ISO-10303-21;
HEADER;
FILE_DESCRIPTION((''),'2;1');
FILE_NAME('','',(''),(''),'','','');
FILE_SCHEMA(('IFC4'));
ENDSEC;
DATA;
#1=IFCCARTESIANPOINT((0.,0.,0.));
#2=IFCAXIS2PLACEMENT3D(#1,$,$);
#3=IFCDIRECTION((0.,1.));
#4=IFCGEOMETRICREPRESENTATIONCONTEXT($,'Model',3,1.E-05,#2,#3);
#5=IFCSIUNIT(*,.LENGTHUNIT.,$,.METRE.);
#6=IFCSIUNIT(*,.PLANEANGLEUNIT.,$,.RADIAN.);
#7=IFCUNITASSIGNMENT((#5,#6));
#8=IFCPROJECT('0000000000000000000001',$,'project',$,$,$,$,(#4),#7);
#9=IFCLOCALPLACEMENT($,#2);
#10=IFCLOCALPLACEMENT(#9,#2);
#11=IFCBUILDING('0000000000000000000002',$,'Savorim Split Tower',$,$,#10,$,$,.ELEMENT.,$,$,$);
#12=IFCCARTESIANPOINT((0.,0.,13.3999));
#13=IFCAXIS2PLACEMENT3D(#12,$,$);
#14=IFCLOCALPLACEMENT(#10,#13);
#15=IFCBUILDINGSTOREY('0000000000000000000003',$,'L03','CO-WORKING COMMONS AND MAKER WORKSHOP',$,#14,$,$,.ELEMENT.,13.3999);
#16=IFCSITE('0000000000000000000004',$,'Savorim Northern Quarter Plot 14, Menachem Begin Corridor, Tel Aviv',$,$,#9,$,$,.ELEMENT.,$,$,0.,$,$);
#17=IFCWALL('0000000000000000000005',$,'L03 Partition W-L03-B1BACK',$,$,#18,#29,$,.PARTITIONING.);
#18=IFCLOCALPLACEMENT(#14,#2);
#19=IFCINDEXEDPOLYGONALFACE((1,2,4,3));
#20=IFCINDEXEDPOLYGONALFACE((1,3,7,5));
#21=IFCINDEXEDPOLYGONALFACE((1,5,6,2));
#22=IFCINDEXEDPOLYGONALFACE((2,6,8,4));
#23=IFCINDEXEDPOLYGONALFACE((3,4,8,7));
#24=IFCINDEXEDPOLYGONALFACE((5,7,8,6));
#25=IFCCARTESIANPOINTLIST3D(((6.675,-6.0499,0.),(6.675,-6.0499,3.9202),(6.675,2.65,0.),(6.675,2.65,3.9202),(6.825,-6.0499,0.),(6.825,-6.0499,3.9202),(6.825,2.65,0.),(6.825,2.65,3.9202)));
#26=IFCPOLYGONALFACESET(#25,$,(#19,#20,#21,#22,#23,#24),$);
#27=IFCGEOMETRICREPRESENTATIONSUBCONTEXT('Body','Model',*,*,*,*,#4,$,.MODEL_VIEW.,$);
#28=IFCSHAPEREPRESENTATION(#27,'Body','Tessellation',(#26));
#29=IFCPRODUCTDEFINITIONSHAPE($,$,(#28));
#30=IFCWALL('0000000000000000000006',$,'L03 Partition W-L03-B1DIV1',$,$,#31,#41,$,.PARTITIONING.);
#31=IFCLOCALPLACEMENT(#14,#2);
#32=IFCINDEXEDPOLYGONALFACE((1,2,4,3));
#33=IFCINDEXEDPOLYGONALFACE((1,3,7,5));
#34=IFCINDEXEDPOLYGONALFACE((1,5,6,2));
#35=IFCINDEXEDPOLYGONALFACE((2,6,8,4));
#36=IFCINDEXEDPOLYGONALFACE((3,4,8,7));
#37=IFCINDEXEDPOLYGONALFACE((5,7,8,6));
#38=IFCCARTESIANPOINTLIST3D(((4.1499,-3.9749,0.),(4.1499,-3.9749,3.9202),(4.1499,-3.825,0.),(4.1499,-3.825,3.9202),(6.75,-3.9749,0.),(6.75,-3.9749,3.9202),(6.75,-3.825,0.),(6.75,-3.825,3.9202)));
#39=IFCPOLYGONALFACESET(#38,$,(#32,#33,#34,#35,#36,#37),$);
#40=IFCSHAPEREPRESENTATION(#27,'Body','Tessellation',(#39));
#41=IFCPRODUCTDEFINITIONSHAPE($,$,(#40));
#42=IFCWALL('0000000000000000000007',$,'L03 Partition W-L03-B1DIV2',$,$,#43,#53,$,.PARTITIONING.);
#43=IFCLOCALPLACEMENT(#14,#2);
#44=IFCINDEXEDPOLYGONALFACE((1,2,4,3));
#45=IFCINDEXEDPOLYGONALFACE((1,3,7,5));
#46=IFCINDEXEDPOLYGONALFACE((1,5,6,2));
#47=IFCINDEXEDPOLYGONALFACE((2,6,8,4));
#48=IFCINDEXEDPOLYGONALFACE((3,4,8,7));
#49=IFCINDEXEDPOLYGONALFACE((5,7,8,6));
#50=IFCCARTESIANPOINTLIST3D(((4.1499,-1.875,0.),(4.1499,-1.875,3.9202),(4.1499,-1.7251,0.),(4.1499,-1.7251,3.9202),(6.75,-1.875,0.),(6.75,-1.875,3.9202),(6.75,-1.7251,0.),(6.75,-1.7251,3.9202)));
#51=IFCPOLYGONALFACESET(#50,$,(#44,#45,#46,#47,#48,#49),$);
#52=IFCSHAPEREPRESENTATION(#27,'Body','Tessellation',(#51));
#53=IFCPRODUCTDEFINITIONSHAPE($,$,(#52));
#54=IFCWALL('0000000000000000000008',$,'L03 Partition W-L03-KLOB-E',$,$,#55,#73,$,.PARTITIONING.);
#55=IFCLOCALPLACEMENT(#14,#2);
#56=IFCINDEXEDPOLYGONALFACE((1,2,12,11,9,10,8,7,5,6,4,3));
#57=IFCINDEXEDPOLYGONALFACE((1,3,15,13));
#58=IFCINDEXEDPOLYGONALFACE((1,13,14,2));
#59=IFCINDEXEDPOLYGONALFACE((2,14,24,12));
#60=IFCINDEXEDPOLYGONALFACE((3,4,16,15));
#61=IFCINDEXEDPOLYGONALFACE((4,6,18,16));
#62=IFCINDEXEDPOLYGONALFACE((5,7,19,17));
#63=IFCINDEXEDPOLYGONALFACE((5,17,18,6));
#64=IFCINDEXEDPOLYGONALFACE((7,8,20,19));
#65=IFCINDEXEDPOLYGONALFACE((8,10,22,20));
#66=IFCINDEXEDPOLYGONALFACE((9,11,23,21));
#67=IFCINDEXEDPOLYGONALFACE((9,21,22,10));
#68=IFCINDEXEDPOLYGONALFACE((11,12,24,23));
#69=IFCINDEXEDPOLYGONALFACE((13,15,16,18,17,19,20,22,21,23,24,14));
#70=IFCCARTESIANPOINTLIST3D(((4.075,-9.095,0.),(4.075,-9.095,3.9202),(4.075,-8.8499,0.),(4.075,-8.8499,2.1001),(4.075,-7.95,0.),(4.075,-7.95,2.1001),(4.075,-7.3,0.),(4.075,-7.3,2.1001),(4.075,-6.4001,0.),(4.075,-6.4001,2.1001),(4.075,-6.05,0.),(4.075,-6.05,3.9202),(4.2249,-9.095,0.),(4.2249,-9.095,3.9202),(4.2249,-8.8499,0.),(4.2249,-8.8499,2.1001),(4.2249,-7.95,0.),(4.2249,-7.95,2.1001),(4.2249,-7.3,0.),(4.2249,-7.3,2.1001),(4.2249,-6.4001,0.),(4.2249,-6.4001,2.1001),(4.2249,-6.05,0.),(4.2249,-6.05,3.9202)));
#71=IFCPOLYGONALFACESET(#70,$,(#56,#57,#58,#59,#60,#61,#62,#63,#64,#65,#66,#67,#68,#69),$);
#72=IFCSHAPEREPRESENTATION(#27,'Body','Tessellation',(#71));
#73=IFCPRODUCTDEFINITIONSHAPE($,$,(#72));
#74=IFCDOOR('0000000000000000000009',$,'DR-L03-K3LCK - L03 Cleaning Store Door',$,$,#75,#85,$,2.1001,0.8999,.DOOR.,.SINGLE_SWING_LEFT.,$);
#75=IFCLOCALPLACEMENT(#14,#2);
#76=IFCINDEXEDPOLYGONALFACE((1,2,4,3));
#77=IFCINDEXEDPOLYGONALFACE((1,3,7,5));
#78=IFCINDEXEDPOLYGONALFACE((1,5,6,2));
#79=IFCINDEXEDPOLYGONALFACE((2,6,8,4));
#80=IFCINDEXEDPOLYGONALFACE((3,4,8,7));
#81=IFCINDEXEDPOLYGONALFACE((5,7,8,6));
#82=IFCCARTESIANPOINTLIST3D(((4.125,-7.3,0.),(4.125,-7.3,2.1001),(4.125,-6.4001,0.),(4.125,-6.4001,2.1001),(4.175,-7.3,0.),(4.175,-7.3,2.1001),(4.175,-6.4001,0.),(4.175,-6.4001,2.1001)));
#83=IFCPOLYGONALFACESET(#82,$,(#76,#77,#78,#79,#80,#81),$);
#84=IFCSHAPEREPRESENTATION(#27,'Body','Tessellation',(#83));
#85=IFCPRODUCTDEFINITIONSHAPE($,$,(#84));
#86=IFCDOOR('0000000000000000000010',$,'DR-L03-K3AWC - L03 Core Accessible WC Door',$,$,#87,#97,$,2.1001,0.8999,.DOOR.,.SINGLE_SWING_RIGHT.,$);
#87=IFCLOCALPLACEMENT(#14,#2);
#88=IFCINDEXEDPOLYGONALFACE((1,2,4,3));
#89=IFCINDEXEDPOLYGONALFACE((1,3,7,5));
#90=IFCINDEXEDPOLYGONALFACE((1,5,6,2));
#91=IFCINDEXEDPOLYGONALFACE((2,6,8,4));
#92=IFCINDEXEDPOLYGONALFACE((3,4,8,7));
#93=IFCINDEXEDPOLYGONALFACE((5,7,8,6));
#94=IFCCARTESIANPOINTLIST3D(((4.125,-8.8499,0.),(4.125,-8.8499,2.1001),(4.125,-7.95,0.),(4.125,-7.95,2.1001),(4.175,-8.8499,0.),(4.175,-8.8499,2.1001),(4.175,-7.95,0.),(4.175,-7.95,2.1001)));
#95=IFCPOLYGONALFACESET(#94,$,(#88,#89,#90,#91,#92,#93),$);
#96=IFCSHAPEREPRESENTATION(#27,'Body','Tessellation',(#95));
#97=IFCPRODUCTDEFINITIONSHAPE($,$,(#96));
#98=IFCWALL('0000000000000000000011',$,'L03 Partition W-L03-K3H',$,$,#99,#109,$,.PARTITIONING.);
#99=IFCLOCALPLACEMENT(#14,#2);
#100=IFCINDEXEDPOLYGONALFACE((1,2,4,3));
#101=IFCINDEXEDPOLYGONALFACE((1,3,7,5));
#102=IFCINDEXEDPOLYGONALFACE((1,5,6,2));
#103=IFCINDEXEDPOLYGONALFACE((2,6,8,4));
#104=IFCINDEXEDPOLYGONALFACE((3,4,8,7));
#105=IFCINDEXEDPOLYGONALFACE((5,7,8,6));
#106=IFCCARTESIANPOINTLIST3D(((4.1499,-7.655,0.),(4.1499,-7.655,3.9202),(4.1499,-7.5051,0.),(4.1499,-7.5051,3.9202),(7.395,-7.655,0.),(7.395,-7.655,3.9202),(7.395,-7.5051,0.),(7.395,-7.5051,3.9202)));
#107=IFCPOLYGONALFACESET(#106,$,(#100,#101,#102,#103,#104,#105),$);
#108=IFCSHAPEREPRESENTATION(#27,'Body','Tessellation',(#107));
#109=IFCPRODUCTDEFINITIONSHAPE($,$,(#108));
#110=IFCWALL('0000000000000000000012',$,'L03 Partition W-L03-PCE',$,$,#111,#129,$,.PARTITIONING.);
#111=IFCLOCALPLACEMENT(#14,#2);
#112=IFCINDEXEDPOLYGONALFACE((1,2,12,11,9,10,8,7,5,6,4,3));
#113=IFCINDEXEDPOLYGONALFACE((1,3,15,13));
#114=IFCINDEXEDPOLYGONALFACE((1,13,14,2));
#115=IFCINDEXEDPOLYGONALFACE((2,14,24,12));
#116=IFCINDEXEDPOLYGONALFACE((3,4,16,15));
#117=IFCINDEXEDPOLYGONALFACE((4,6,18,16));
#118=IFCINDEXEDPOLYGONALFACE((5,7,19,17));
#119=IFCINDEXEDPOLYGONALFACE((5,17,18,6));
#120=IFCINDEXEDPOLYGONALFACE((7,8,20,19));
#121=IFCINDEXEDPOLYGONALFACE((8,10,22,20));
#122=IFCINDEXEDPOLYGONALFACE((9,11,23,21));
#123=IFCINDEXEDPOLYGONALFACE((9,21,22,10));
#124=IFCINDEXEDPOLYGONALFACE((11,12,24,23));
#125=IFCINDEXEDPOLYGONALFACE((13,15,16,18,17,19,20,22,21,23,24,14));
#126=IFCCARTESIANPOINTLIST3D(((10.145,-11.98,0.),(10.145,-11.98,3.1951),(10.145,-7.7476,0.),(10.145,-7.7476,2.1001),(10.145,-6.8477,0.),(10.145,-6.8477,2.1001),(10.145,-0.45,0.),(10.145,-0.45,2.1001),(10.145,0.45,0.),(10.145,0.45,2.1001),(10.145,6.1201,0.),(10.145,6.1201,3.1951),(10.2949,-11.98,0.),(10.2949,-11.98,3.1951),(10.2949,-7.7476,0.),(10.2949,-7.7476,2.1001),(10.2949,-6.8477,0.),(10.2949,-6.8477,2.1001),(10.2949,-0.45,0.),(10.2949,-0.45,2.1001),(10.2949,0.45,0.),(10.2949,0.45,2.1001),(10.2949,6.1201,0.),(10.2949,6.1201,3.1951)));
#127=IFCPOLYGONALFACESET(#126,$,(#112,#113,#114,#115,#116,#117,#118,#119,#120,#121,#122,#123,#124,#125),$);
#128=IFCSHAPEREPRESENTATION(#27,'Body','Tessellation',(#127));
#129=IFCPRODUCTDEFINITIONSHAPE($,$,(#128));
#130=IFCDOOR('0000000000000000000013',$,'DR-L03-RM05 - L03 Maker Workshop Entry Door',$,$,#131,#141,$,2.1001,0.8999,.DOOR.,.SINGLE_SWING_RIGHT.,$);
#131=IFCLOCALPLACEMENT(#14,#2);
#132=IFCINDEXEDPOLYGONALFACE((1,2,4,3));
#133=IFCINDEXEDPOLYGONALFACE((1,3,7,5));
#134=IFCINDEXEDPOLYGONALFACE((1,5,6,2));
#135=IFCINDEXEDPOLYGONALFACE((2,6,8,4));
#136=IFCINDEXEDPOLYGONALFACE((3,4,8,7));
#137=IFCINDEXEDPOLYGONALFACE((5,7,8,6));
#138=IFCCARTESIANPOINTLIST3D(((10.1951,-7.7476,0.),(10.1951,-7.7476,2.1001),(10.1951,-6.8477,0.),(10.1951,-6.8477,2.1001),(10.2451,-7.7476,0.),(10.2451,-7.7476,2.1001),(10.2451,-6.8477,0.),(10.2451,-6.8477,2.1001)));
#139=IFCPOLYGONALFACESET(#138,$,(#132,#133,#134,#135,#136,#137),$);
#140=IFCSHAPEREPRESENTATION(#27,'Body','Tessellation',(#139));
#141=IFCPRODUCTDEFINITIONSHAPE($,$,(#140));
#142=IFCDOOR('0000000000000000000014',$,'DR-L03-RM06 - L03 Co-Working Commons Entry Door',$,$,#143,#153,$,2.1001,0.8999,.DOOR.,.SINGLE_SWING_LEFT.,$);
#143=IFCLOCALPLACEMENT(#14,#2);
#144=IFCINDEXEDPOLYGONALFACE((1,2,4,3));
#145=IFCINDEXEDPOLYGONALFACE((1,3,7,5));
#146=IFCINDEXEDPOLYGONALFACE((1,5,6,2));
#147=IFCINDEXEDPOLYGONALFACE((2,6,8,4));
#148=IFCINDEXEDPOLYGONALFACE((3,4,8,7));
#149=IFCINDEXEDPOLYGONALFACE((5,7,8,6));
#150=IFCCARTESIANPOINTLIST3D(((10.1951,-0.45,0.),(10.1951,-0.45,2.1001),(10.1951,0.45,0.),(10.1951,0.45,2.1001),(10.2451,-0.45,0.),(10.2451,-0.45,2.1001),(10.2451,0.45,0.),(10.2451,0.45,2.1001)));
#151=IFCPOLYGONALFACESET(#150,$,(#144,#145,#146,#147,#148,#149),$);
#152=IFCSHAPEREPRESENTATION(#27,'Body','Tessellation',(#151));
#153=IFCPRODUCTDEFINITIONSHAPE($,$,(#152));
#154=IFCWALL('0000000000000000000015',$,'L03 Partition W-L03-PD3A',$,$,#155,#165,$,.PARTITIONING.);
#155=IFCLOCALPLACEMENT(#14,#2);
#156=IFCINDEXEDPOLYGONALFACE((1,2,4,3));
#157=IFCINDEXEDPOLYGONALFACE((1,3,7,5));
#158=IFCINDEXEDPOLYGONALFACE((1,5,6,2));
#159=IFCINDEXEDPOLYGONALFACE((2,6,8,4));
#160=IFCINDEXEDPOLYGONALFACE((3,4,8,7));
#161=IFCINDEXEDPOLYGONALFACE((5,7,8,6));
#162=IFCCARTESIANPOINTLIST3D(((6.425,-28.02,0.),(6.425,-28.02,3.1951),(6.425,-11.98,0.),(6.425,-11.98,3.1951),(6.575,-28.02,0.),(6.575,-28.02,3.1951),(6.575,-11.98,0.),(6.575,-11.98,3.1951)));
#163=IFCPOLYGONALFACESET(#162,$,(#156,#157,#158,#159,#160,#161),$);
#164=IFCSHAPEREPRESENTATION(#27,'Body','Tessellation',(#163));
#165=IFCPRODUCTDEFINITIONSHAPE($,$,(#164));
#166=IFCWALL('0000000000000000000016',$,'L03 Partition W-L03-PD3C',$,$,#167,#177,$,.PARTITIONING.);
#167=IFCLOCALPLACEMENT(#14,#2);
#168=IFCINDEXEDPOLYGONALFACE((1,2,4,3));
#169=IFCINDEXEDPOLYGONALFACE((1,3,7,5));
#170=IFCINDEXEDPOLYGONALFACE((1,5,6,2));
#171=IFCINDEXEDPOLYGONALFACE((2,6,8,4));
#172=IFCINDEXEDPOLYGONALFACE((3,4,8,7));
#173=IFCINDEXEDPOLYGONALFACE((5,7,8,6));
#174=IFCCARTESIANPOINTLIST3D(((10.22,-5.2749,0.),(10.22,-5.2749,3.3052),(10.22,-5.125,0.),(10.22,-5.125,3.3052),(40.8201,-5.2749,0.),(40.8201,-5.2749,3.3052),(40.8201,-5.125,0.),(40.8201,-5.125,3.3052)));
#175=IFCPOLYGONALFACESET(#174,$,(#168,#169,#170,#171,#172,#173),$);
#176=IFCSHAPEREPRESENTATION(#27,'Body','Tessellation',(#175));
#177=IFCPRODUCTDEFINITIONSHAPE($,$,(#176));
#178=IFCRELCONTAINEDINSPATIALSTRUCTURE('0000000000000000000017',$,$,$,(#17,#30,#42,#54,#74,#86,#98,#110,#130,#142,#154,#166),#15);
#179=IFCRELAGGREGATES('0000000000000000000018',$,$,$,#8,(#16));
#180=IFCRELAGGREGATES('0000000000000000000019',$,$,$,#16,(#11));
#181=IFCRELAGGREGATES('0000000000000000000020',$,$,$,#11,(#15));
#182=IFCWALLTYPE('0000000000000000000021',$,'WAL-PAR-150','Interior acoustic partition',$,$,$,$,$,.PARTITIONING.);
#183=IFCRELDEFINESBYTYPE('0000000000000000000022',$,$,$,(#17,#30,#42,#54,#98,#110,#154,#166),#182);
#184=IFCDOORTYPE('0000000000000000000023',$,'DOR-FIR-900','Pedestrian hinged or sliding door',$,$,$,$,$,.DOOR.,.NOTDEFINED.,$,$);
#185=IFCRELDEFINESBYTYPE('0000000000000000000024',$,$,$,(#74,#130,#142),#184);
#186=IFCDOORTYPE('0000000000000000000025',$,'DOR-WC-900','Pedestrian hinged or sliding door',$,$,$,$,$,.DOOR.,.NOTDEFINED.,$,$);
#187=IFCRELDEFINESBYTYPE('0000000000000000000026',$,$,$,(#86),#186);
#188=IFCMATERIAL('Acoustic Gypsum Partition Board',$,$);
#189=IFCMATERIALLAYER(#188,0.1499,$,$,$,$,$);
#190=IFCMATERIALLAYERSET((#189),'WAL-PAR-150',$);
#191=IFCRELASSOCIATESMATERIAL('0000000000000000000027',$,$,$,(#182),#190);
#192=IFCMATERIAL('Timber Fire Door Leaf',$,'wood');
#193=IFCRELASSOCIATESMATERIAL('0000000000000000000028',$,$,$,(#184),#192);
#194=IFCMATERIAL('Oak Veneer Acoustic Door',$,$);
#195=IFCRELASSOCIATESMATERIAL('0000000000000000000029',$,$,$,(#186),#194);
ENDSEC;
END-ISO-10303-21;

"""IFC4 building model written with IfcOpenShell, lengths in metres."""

from ifc_helpers import new_model, si_unit, direction, frame, frame_2d, origin, place, context, subcontext, project, spatial, rectangle, extrude, material, layer, layer_set, type_object, element, fill, save


model = new_model("IFC4")

# Units and contexts
model_context = context("Model", 3, precision=1e-05, world=origin(), true_north=direction((0.0, 1.0)))
body_context = subcontext(model_context, "Body", "Model", "MODEL_VIEW")
ifc_project = project(units=[si_unit("LENGTHUNIT", "METRE"), si_unit("PLANEANGLEUNIT", "RADIAN")], contexts=[model_context])

# Site, building, storey
site_placement = place(None, origin())
site = spatial("IfcSite", under=ifc_project, at=site_placement, Name="Savorim Northern Quarter Plot 14, Menachem Begin Corridor, Tel Aviv", CompositionType="ELEMENT", RefElevation=0.0)
building_placement = place(site_placement, origin())
building = spatial("IfcBuilding", under=site, at=building_placement, Name="Savorim Split Tower", CompositionType="ELEMENT")
storey_placement = place(building_placement, frame((0.0, 0.0, 13.3999)))
storey = spatial("IfcBuildingStorey", under=building, at=storey_placement, Name="L03", Description="CO-WORKING COMMONS AND MAKER WORKSHOP", CompositionType="ELEMENT", Elevation=13.3999)

# Walls
ifc_material_1 = material(Name="Acoustic Gypsum Partition Board")
ifc_layer_1 = layer(ifc_material_1, 0.1499)
ifc_layer_set_1 = layer_set([ifc_layer_1], Name="WAL-PAR-150")
wall_type_1 = type_object("IfcWallType", Name="WAL-PAR-150", Description="Interior acoustic partition", PredefinedType="PARTITIONING", material=ifc_layer_set_1)
wall_1_placement = place(storey_placement, frame((6.75, -6.05, 0.0), z_axis=(0.0, 0.0, 1.0), x_axis=(0.0, 1.0, 0.0)))
element("IfcWall", 1, at=wall_1_placement, inside=storey, type_object=wall_type_1, Name="L03 Partition W-L03-B1BACK", PredefinedType="PARTITIONING", context=body_context, shape_type="SweptSolid", body=[
    extrude(rectangle(XDim=8.7, YDim=0.1499, at=frame_2d((4.3501, 0.0))), origin(), (0.0, 0.0, 1.0), 3.9202),
])
for number, where, z_axis, x_axis, name in (
    (2, (4.1499, -3.8999, 0.0), (0.0, 0.0, 1.0), (1.0, 0.0, 0.0), "L03 Partition W-L03-B1DIV1"),
    (3, (4.1499, -1.8, 0.0), (0.0, 0.0, 1.0), (1.0, 0.0, 0.0), "L03 Partition W-L03-B1DIV2"),
):
    element("IfcWall", number, at=place(storey_placement, frame(where, z_axis=z_axis, x_axis=x_axis)), inside=storey, type_object=wall_type_1, Name=name, PredefinedType="PARTITIONING", context=body_context, shape_type="SweptSolid", body=[
        extrude(rectangle(XDim=2.6001, YDim=0.1499, at=frame_2d((1.3, 0.0))), origin(), (0.0, 0.0, 1.0), 3.9202),
    ])

# Wall, openings, doors
wall_2_placement = place(storey_placement, frame((4.1499, -9.095, 0.0), z_axis=(0.0, 0.0, 1.0), x_axis=(0.0, 1.0, 0.0)))
wall_2 = element("IfcWall", 4, at=wall_2_placement, inside=storey, type_object=wall_type_1, Name="L03 Partition W-L03-KLOB-E", PredefinedType="PARTITIONING", context=body_context, shape_type="SweptSolid", body=[
    extrude(rectangle(XDim=3.0449, YDim=0.1499, at=frame_2d((1.5225, 0.0))), origin(), (0.0, 0.0, 1.0), 3.9202),
])
opening_1_placement = place(wall_2_placement, frame((0.2451, 0.0, 0.0)))
opening_1 = element("IfcOpeningElement", 5, at=opening_1_placement, cuts=wall_2, PredefinedType="OPENING", context=body_context, shape_type="SweptSolid", body=[
    extrude(rectangle(XDim=0.8999, YDim=2.1001, at=frame_2d((0.45, 1.05))), frame((0.0, 0.085, 0.0), z_axis=(0.0, -1.0, 0.0), x_axis=(1.0, 0.0, 0.0)), (0.0, 0.0, 1.0), 0.1699),
])
opening_2_placement = place(wall_2_placement, frame((1.7949, 0.0, 0.0)))
opening_2 = element("IfcOpeningElement", 6, at=opening_2_placement, cuts=wall_2, PredefinedType="OPENING", context=body_context, shape_type="SweptSolid", body=[
    extrude(rectangle(XDim=0.8999, YDim=2.1001, at=frame_2d((0.45, 1.05))), frame((0.0, 0.085, 0.0), z_axis=(0.0, -1.0, 0.0), x_axis=(1.0, 0.0, 0.0)), (0.0, 0.0, 1.0), 0.1699),
])
ifc_material_2 = material(Name="Timber Fire Door Leaf", Category="wood")
door_type_1 = type_object("IfcDoorType", Name="DOR-FIR-900", Description="Pedestrian hinged or sliding door", OperationType="NOTDEFINED", PredefinedType="DOOR", material=ifc_material_2)
door_1_placement = place(opening_2_placement, origin())
door_1 = element("IfcDoor", 7, at=door_1_placement, inside=storey, type_object=door_type_1, Name="DR-L03-K3LCK - L03 Cleaning Store Door", OperationType="SINGLE_SWING_LEFT", OverallHeight=2.1001, OverallWidth=0.8999, PredefinedType="DOOR", context=body_context, shape_type="SweptSolid", body=[
    extrude(rectangle(XDim=0.8999, YDim=2.1001, at=frame_2d((0.45, 1.05))), frame((0.0, 0.0249, 0.0), z_axis=(0.0, -1.0, 0.0), x_axis=(1.0, 0.0, 0.0)), (0.0, 0.0, 1.0), 0.05),
])
fill(opening_2, door_1)
ifc_material_3 = material(Name="Oak Veneer Acoustic Door")
door_type_2 = type_object("IfcDoorType", Name="DOR-WC-900", Description="Pedestrian hinged or sliding door", OperationType="NOTDEFINED", PredefinedType="DOOR", material=ifc_material_3)
door_2_placement = place(opening_1_placement, origin())
door_2 = element("IfcDoor", 8, at=door_2_placement, inside=storey, type_object=door_type_2, Name="DR-L03-K3AWC - L03 Core Accessible WC Door", OperationType="SINGLE_SWING_RIGHT", OverallHeight=2.1001, OverallWidth=0.8999, PredefinedType="DOOR", context=body_context, shape_type="SweptSolid", body=[
    extrude(rectangle(XDim=0.8999, YDim=2.1001, at=frame_2d((0.45, 1.05))), frame((0.0, 0.0249, 0.0), z_axis=(0.0, -1.0, 0.0), x_axis=(1.0, 0.0, 0.0)), (0.0, 0.0, 1.0), 0.05),
])
fill(opening_1, door_2)

# Wall
wall_3_placement = place(storey_placement, frame((4.1499, -7.5801, 0.0), z_axis=(0.0, 0.0, 1.0), x_axis=(1.0, 0.0, 0.0)))
element("IfcWall", 9, at=wall_3_placement, inside=storey, type_object=wall_type_1, Name="L03 Partition W-L03-K3H", PredefinedType="PARTITIONING", context=body_context, shape_type="SweptSolid", body=[
    extrude(rectangle(XDim=3.2451, YDim=0.1499, at=frame_2d((1.6226, 0.0))), origin(), (0.0, 0.0, 1.0), 3.9202),
])

# Wall, openings, doors
wall_4_placement = place(storey_placement, frame((10.22, -11.98, 0.0), z_axis=(0.0, 0.0, 1.0), x_axis=(0.0, 1.0, 0.0)))
wall_4 = element("IfcWall", 10, at=wall_4_placement, inside=storey, type_object=wall_type_1, Name="L03 Partition W-L03-PCE", PredefinedType="PARTITIONING", context=body_context, shape_type="SweptSolid", body=[
    extrude(rectangle(XDim=18.1001, YDim=0.1499, at=frame_2d((9.05, 0.0))), origin(), (0.0, 0.0, 1.0), 3.1951),
])
opening_3_placement = place(wall_4_placement, frame((4.2324, 0.0, 0.0)))
opening_3 = element("IfcOpeningElement", 11, at=opening_3_placement, cuts=wall_4, PredefinedType="OPENING", context=body_context, shape_type="SweptSolid", body=[
    extrude(rectangle(XDim=0.8999, YDim=2.1001, at=frame_2d((0.45, 1.05))), frame((0.0, 0.085, 0.0), z_axis=(0.0, -1.0, 0.0), x_axis=(1.0, 0.0, 0.0)), (0.0, 0.0, 1.0), 0.1699),
])
opening_4_placement = place(wall_4_placement, frame((11.53, 0.0, 0.0)))
opening_4 = element("IfcOpeningElement", 12, at=opening_4_placement, cuts=wall_4, PredefinedType="OPENING", context=body_context, shape_type="SweptSolid", body=[
    extrude(rectangle(XDim=0.8999, YDim=2.1001, at=frame_2d((0.45, 1.05))), frame((0.0, 0.085, 0.0), z_axis=(0.0, -1.0, 0.0), x_axis=(1.0, 0.0, 0.0)), (0.0, 0.0, 1.0), 0.1699),
])
door_3_placement = place(opening_3_placement, origin())
door_3 = element("IfcDoor", 13, at=door_3_placement, inside=storey, type_object=door_type_1, Name="DR-L03-RM05 - L03 Maker Workshop Entry Door", OperationType="SINGLE_SWING_RIGHT", OverallHeight=2.1001, OverallWidth=0.8999, PredefinedType="DOOR", context=body_context, shape_type="SweptSolid", body=[
    extrude(rectangle(XDim=0.8999, YDim=2.1001, at=frame_2d((0.45, 1.05))), frame((0.0, 0.0249, 0.0), z_axis=(0.0, -1.0, 0.0), x_axis=(1.0, 0.0, 0.0)), (0.0, 0.0, 1.0), 0.05),
])
fill(opening_3, door_3)
door_4_placement = place(opening_4_placement, origin())
door_4 = element("IfcDoor", 14, at=door_4_placement, inside=storey, type_object=door_type_1, Name="DR-L03-RM06 - L03 Co-Working Commons Entry Door", OperationType="SINGLE_SWING_LEFT", OverallHeight=2.1001, OverallWidth=0.8999, PredefinedType="DOOR", context=body_context, shape_type="SweptSolid", body=[
    extrude(rectangle(XDim=0.8999, YDim=2.1001, at=frame_2d((0.45, 1.05))), frame((0.0, 0.0249, 0.0), z_axis=(0.0, -1.0, 0.0), x_axis=(1.0, 0.0, 0.0)), (0.0, 0.0, 1.0), 0.05),
])
fill(opening_4, door_4)

# Walls
wall_5_placement = place(storey_placement, frame((6.5, -28.02, 0.0), z_axis=(0.0, 0.0, 1.0), x_axis=(0.0, 1.0, 0.0)))
element("IfcWall", 15, at=wall_5_placement, inside=storey, type_object=wall_type_1, Name="L03 Partition W-L03-PD3A", PredefinedType="PARTITIONING", context=body_context, shape_type="SweptSolid", body=[
    extrude(rectangle(XDim=16.04, YDim=0.1499, at=frame_2d((8.02, 0.0))), origin(), (0.0, 0.0, 1.0), 3.1951),
])
wall_6_placement = place(storey_placement, frame((10.22, -5.2, 0.0), z_axis=(0.0, 0.0, 1.0), x_axis=(1.0, 0.0, 0.0)))
element("IfcWall", 16, at=wall_6_placement, inside=storey, type_object=wall_type_1, Name="L03 Partition W-L03-PD3C", PredefinedType="PARTITIONING", context=body_context, shape_type="SweptSolid", body=[
    extrude(rectangle(XDim=30.6001, YDim=0.1499, at=frame_2d((15.3, 0.0))), origin(), (0.0, 0.0, 1.0), 3.3052),
])

save(model, "model.ifc")
